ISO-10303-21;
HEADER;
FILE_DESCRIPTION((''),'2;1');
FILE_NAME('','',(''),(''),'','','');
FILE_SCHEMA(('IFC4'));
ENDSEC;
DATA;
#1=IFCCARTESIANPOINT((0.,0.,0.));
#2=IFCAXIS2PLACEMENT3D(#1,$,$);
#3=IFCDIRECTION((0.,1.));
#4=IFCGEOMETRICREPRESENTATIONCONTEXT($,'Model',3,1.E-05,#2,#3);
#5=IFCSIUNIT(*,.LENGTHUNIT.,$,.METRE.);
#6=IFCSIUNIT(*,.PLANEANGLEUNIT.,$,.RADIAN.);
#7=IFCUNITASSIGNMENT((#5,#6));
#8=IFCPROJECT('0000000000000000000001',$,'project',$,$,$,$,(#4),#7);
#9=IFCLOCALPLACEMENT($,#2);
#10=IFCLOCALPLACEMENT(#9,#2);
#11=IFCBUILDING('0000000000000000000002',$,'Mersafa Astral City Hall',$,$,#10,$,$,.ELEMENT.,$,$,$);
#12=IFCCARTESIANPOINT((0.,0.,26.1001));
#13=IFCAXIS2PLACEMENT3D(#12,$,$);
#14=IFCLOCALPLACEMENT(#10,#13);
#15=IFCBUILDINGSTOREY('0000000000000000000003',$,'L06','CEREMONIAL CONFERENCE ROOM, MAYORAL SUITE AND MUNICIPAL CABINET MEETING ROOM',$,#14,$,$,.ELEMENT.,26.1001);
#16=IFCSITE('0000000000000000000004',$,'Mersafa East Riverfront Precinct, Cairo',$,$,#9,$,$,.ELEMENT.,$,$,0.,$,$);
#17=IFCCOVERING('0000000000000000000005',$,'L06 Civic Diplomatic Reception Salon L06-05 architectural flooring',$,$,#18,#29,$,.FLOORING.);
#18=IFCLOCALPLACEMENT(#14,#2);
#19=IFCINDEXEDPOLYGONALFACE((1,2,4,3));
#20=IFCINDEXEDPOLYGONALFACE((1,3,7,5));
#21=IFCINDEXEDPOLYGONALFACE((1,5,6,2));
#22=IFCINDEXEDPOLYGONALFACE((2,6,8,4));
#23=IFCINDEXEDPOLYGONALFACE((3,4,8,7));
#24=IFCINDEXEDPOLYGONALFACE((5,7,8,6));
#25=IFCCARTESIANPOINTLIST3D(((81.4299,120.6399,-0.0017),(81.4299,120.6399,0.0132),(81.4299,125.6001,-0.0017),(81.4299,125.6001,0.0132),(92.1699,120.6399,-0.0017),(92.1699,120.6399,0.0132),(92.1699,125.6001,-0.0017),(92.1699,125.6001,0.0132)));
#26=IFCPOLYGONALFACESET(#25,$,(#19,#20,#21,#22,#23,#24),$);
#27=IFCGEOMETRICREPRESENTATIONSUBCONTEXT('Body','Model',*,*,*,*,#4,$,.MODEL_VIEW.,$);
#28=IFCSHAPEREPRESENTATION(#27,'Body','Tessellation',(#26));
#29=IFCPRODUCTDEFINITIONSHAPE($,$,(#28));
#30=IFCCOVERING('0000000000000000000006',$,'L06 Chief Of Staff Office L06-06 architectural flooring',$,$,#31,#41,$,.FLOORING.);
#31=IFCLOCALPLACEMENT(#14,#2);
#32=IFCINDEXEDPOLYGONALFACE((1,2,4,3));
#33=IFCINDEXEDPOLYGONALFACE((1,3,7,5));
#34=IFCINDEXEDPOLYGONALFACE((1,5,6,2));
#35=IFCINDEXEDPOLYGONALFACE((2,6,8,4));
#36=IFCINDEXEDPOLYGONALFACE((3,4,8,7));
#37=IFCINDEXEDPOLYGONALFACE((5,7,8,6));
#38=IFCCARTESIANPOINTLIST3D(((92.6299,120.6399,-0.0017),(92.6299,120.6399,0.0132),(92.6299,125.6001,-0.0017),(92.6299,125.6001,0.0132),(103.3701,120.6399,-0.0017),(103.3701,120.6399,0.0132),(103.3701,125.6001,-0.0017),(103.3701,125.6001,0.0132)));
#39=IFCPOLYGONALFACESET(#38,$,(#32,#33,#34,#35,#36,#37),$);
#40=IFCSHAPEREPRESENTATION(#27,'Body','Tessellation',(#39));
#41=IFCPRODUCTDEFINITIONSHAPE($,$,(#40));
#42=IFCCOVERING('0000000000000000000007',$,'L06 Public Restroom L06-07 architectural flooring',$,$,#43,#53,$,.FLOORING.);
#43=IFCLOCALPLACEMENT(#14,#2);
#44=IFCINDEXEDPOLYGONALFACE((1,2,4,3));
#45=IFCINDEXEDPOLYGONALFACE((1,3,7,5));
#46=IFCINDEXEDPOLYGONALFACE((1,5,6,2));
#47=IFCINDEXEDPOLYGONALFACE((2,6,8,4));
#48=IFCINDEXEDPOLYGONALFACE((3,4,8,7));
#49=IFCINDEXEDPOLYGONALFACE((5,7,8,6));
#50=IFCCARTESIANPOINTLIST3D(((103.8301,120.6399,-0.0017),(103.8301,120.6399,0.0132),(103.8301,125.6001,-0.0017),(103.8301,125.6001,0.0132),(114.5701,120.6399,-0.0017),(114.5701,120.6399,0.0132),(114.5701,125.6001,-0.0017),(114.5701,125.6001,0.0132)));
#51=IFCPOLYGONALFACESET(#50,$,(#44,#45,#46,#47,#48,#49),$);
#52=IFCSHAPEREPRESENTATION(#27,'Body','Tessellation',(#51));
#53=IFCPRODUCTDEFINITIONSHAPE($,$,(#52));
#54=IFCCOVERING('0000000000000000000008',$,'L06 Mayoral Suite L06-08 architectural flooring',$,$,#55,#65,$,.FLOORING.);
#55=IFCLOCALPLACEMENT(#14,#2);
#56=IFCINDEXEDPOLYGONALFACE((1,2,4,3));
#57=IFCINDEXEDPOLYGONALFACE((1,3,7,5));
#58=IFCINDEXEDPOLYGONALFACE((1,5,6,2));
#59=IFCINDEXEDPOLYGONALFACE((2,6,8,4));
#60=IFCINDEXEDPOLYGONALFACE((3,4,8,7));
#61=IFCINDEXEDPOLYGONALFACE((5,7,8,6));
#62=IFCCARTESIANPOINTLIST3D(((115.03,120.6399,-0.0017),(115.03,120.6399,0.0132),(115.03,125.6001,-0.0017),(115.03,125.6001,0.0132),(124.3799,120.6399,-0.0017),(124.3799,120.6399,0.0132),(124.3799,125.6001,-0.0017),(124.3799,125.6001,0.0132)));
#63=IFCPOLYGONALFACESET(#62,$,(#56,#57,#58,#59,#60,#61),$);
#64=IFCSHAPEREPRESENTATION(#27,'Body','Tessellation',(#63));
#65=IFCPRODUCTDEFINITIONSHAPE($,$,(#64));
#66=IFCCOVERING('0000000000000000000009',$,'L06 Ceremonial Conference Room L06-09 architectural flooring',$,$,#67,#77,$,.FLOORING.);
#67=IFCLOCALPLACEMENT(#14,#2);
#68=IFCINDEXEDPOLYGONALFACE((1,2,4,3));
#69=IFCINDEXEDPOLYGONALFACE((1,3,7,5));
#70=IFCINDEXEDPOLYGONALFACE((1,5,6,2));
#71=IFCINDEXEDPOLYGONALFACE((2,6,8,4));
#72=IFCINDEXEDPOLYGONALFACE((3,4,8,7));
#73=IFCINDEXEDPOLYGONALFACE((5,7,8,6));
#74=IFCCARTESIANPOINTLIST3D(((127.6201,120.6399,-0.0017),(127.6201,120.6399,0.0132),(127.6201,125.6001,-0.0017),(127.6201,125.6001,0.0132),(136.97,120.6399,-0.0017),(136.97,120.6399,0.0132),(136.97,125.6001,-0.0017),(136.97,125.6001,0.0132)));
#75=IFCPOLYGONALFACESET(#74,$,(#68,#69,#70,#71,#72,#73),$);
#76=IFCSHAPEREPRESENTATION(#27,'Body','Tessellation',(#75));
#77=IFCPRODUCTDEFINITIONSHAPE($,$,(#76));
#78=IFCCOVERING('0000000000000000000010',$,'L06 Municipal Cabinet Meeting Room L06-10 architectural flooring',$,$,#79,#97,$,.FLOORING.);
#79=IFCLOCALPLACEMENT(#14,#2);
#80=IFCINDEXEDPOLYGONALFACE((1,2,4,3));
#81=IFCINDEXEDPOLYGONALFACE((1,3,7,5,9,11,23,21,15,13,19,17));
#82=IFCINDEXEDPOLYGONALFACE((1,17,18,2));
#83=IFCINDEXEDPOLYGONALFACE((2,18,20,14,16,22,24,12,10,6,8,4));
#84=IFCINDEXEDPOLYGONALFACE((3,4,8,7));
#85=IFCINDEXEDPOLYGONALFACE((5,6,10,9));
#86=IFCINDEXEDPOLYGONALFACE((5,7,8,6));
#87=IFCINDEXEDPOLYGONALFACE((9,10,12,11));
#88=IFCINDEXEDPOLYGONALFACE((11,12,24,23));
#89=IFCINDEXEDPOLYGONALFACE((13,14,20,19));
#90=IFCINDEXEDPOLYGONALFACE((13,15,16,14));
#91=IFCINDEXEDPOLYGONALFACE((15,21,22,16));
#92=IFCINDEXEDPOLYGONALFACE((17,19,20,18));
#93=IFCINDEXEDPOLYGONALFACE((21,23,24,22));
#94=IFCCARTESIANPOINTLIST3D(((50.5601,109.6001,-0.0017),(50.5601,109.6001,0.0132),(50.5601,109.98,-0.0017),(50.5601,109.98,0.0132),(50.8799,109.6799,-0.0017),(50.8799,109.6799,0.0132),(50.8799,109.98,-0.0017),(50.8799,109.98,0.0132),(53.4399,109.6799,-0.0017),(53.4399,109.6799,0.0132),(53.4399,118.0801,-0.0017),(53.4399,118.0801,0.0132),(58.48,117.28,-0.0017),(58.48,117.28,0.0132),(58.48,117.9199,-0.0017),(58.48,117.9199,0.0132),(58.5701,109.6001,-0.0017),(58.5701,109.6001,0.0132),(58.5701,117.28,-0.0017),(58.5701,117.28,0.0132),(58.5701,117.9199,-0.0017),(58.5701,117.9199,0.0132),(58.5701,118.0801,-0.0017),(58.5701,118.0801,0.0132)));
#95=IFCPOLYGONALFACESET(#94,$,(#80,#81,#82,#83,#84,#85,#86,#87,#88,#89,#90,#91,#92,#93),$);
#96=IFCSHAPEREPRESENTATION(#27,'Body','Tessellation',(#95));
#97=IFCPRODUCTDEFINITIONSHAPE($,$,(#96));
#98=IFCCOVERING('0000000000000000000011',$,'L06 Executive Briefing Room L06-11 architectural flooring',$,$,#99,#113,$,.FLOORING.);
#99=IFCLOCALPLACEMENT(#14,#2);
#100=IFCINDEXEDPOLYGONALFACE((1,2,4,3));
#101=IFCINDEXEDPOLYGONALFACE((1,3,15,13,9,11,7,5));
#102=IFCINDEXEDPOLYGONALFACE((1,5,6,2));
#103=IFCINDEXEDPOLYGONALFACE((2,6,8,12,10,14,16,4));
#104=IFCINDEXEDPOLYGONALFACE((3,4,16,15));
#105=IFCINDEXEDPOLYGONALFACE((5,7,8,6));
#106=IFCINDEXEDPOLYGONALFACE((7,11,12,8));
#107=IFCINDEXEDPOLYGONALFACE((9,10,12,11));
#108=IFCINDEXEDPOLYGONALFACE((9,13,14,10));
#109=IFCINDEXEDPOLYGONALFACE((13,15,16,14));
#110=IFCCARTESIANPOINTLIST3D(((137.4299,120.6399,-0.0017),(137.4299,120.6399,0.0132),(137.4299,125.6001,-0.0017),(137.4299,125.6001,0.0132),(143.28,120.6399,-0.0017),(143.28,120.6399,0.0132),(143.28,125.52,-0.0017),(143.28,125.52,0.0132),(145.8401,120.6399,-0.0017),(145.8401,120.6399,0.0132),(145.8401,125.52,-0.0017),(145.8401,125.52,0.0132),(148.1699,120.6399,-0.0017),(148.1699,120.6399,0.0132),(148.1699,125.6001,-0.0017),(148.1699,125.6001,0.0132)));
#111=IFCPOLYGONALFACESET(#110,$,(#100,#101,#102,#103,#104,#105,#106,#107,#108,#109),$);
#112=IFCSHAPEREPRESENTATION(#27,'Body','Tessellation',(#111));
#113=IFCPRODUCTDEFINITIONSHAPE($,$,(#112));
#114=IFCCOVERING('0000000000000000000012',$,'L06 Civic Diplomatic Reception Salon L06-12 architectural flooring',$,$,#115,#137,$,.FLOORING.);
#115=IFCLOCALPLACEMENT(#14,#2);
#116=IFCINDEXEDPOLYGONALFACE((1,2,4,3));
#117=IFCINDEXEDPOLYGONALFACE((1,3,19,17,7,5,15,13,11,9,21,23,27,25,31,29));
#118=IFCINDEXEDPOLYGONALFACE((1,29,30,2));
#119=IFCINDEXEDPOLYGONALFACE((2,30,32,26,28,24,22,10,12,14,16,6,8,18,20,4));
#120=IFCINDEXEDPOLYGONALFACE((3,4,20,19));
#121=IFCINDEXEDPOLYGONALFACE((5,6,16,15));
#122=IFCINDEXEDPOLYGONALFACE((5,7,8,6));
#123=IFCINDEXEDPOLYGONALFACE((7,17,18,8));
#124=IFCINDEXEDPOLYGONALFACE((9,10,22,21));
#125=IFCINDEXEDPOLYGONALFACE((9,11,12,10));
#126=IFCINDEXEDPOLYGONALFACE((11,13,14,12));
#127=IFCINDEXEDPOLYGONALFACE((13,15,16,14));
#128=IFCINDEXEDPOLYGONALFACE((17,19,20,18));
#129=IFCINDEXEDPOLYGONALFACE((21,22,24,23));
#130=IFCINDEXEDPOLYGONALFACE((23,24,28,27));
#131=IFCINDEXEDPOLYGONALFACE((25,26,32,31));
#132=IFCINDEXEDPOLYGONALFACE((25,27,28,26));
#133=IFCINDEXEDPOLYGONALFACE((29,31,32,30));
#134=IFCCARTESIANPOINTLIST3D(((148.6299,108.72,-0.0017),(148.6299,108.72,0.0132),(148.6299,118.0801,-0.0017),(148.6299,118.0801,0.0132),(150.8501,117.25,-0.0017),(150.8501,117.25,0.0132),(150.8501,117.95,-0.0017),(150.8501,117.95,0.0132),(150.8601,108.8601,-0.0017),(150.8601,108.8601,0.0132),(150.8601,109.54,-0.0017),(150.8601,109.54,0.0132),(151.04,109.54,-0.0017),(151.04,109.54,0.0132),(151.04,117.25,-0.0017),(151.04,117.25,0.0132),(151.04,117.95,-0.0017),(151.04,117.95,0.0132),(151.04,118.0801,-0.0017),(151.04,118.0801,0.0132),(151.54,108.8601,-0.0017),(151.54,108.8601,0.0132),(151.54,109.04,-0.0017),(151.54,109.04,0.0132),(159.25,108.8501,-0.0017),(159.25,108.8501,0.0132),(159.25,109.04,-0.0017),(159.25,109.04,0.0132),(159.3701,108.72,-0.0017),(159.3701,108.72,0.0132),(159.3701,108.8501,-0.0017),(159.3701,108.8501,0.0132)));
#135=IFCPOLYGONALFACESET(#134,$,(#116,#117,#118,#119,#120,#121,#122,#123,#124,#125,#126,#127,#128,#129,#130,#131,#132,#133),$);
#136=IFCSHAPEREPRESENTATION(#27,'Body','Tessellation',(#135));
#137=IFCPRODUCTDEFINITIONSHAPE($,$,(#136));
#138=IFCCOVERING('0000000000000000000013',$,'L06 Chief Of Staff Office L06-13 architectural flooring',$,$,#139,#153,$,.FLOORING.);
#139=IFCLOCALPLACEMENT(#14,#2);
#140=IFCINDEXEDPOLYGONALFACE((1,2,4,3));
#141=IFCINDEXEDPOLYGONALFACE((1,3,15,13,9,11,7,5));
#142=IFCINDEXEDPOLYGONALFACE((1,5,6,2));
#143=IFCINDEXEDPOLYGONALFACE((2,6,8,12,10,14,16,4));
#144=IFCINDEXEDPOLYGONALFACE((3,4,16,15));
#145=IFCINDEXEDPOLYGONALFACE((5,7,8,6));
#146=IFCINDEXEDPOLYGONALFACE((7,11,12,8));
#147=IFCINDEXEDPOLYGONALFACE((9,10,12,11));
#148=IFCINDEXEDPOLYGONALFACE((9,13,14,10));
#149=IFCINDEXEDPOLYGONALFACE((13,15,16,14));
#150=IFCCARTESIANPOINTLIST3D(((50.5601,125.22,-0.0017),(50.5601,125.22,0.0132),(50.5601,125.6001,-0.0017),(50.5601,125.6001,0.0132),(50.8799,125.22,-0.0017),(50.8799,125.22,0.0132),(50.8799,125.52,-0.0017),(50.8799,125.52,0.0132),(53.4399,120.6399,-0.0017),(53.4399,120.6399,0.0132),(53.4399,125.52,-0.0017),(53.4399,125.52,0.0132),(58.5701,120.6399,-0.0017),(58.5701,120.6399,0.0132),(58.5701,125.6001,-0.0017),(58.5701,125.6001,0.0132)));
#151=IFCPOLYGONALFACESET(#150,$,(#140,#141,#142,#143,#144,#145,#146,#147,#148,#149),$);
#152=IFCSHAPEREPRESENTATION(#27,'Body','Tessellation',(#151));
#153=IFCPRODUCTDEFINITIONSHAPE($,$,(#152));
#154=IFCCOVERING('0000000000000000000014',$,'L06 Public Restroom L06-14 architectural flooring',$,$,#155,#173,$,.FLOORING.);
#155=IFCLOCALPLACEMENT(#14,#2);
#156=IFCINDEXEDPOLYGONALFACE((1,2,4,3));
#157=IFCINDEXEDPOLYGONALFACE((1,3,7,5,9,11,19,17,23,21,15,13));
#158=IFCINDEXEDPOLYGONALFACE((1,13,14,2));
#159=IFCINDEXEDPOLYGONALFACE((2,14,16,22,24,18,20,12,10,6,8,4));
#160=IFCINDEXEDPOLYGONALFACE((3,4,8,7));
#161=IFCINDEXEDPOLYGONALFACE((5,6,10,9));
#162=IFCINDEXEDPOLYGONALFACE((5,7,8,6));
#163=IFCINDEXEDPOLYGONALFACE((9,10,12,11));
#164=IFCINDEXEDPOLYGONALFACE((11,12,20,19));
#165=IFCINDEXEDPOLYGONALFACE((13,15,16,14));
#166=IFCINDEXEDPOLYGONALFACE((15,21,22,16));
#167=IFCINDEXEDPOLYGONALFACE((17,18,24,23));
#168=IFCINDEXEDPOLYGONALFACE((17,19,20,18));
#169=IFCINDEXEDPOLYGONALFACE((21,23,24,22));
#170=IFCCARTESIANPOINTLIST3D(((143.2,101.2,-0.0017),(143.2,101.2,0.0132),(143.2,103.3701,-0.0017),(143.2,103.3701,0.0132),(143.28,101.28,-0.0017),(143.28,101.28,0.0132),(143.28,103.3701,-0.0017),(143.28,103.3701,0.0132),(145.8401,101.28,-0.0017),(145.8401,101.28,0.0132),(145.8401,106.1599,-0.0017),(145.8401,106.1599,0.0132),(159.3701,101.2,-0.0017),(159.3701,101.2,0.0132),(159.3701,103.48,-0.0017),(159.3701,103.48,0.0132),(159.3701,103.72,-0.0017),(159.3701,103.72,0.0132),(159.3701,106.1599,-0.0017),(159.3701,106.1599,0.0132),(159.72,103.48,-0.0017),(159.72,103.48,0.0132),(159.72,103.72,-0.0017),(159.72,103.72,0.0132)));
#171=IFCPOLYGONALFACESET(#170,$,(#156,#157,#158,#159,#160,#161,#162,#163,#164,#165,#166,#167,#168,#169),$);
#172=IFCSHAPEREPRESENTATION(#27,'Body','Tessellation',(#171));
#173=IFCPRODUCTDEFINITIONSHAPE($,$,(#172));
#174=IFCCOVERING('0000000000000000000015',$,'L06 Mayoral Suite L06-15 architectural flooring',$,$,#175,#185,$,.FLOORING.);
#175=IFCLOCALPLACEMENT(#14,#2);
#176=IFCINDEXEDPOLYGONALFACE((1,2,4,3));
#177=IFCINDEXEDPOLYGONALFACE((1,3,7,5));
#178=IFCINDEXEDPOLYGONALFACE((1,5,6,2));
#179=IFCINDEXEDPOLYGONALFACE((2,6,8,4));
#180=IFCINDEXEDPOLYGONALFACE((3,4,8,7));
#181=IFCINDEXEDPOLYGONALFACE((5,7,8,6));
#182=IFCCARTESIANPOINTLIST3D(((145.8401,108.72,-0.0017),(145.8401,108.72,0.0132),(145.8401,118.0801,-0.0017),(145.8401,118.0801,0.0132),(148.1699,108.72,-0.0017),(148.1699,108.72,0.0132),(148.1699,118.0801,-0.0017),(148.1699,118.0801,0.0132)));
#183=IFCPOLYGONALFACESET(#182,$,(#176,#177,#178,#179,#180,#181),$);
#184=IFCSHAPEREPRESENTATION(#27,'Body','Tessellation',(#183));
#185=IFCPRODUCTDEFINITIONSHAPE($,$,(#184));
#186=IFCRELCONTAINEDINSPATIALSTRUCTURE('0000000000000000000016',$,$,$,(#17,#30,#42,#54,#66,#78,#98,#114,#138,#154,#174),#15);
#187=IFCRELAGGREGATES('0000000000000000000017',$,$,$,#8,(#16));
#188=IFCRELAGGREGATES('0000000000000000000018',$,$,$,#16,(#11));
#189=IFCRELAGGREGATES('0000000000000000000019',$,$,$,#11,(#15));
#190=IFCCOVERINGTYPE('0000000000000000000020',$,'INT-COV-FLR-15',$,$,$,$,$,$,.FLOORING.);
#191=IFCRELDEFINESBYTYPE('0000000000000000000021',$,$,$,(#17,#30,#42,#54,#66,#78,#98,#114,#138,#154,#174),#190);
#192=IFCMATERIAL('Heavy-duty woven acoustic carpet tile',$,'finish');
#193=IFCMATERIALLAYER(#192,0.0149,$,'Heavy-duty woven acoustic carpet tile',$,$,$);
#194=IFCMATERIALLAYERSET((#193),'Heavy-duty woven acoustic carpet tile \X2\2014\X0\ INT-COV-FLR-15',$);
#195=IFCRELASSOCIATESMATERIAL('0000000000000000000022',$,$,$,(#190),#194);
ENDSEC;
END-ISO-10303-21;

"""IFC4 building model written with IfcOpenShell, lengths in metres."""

from ifc_helpers import new_model, si_unit, direction, frame, origin, place, context, subcontext, project, spatial, polyline, outline, extrude, material, layer, layer_set, type_object, element, save


model = new_model("IFC4")

# Units and contexts
model_context = context("Model", 3, precision=1e-05, world=origin(), true_north=direction((0.0, 1.0)))
body_context = subcontext(model_context, "Body", "Model", "MODEL_VIEW")
ifc_project = project(units=[si_unit("LENGTHUNIT", "METRE"), si_unit("PLANEANGLEUNIT", "RADIAN")], contexts=[model_context])

# Site, building, storey
site_placement = place(None, origin())
site = spatial("IfcSite", under=ifc_project, at=site_placement, Name="Mersafa East Riverfront Precinct, Cairo", CompositionType="ELEMENT", RefElevation=0.0)
building_placement = place(site_placement, origin())
building = spatial("IfcBuilding", under=site, at=building_placement, Name="Mersafa Astral City Hall", CompositionType="ELEMENT")
storey_placement = place(building_placement, frame((0.0, 0.0, 26.1001)))
storey = spatial("IfcBuildingStorey", under=building, at=storey_placement, Name="L06", Description="CEREMONIAL CONFERENCE ROOM, MAYORAL SUITE AND MUNICIPAL CABINET MEETING ROOM", CompositionType="ELEMENT", Elevation=26.1001)

# Coverings
ifc_material_1 = material(Name="Heavy-duty woven acoustic carpet tile", Category="finish")
ifc_layer_1 = layer(ifc_material_1, 0.0149, Name="Heavy-duty woven acoustic carpet tile")
ifc_layer_set_1 = layer_set([ifc_layer_1], Name="Heavy-duty woven acoustic carpet tile — INT-COV-FLR-15")
covering_type_1 = type_object("IfcCoveringType", Name="INT-COV-FLR-15", PredefinedType="FLOORING", material=ifc_layer_set_1)
covering_1_placement = place(storey_placement, frame((0.0, 0.0, -0.0017)))
element("IfcCovering", 1, at=covering_1_placement, inside=storey, type_object=covering_type_1, Name="L06 Civic Diplomatic Reception Salon L06-05 architectural flooring", PredefinedType="FLOORING", context=body_context, shape_type="SweptSolid", body=[
    extrude(outline(polyline([(81.4299, 120.6399), (81.4299, 125.6001), (92.1699, 125.6001), (92.1699, 120.6399), (81.4299, 120.6399)])), origin(), (0.0, 0.0, 1.0), 0.0149),
])
covering_2_placement = place(storey_placement, frame((0.0, 0.0, -0.0017)))
element("IfcCovering", 2, at=covering_2_placement, inside=storey, type_object=covering_type_1, Name="L06 Chief Of Staff Office L06-06 architectural flooring", PredefinedType="FLOORING", context=body_context, shape_type="SweptSolid", body=[
    extrude(outline(polyline([(92.6299, 120.6399), (92.6299, 125.6001), (103.3701, 125.6001), (103.3701, 120.6399), (92.6299, 120.6399)])), origin(), (0.0, 0.0, 1.0), 0.0149),
])
covering_3_placement = place(storey_placement, frame((0.0, 0.0, -0.0017)))
element("IfcCovering", 3, at=covering_3_placement, inside=storey, type_object=covering_type_1, Name="L06 Public Restroom L06-07 architectural flooring", PredefinedType="FLOORING", context=body_context, shape_type="SweptSolid", body=[
    extrude(outline(polyline([(103.8301, 120.6399), (103.8301, 125.6001), (114.5701, 125.6001), (114.5701, 120.6399), (103.8301, 120.6399)])), origin(), (0.0, 0.0, 1.0), 0.0149),
])
covering_4_placement = place(storey_placement, frame((0.0, 0.0, -0.0017)))
element("IfcCovering", 4, at=covering_4_placement, inside=storey, type_object=covering_type_1, Name="L06 Mayoral Suite L06-08 architectural flooring", PredefinedType="FLOORING", context=body_context, shape_type="SweptSolid", body=[
    extrude(outline(polyline([(115.03, 120.6399), (115.03, 125.6001), (124.3799, 125.6001), (124.3799, 120.6399), (115.03, 120.6399)])), origin(), (0.0, 0.0, 1.0), 0.0149),
])
covering_5_placement = place(storey_placement, frame((0.0, 0.0, -0.0017)))
element("IfcCovering", 5, at=covering_5_placement, inside=storey, type_object=covering_type_1, Name="L06 Ceremonial Conference Room L06-09 architectural flooring", PredefinedType="FLOORING", context=body_context, shape_type="SweptSolid", body=[
    extrude(outline(polyline([(136.97, 125.6001), (136.97, 120.6399), (127.6201, 120.6399), (127.6201, 125.6001), (136.97, 125.6001)])), origin(), (0.0, 0.0, 1.0), 0.0149),
])
covering_6_placement = place(storey_placement, frame((0.0, 0.0, -0.0017)))
element("IfcCovering", 6, at=covering_6_placement, inside=storey, type_object=covering_type_1, Name="L06 Municipal Cabinet Meeting Room L06-10 architectural flooring", PredefinedType="FLOORING", context=body_context, shape_type="SweptSolid", body=[
    extrude(outline(polyline([(50.8799, 109.6799), (53.4399, 109.6799), (53.4399, 118.0801), (58.5701, 118.0801), (58.5701, 117.9199), (58.48, 117.9199), (58.48, 117.28), (58.5701, 117.28), (58.5701, 109.6001), (50.5601, 109.6001), (50.5601, 109.98), (50.8799, 109.98), (50.8799, 109.6799)])), origin(), (0.0, 0.0, 1.0), 0.0149),
])
covering_7_placement = place(storey_placement, frame((0.0, 0.0, -0.0017)))
element("IfcCovering", 7, at=covering_7_placement, inside=storey, type_object=covering_type_1, Name="L06 Executive Briefing Room L06-11 architectural flooring", PredefinedType="FLOORING", context=body_context, shape_type="SweptSolid", body=[
    extrude(outline(polyline([(143.28, 125.52), (143.28, 120.6399), (137.4299, 120.6399), (137.4299, 125.6001), (148.1699, 125.6001), (148.1699, 120.6399), (145.8401, 120.6399), (145.8401, 125.52), (143.28, 125.52)])), origin(), (0.0, 0.0, 1.0), 0.0149),
])
covering_8_placement = place(storey_placement, frame((0.0, 0.0, -0.0017)))
element("IfcCovering", 8, at=covering_8_placement, inside=storey, type_object=covering_type_1, Name="L06 Civic Diplomatic Reception Salon L06-12 architectural flooring", PredefinedType="FLOORING", context=body_context, shape_type="SweptSolid", body=[
    extrude(outline(polyline([(148.6299, 108.72), (148.6299, 118.0801), (151.04, 118.0801), (151.04, 117.95), (150.8501, 117.95), (150.8501, 117.25), (151.04, 117.25), (151.04, 109.54), (150.8601, 109.54), (150.8601, 108.8601), (151.54, 108.8601), (151.54, 109.04), (159.25, 109.04), (159.25, 108.8501), (159.3701, 108.8501), (159.3701, 108.72), (148.6299, 108.72)])), origin(), (0.0, 0.0, 1.0), 0.0149),
])
covering_9_placement = place(storey_placement, frame((0.0, 0.0, -0.0017)))
element("IfcCovering", 9, at=covering_9_placement, inside=storey, type_object=covering_type_1, Name="L06 Chief Of Staff Office L06-13 architectural flooring", PredefinedType="FLOORING", context=body_context, shape_type="SweptSolid", body=[
    extrude(outline(polyline([(53.4399, 120.6399), (53.4399, 125.52), (50.8799, 125.52), (50.8799, 125.22), (50.5601, 125.22), (50.5601, 125.6001), (58.5701, 125.6001), (58.5701, 120.6399), (53.4399, 120.6399)])), origin(), (0.0, 0.0, 1.0), 0.0149),
])
covering_10_placement = place(storey_placement, frame((0.0, 0.0, -0.0017)))
element("IfcCovering", 10, at=covering_10_placement, inside=storey, type_object=covering_type_1, Name="L06 Public Restroom L06-14 architectural flooring", PredefinedType="FLOORING", context=body_context, shape_type="SweptSolid", body=[
    extrude(outline(polyline([(159.3701, 106.1599), (159.3701, 103.72), (159.72, 103.72), (159.72, 103.48), (159.3701, 103.48), (159.3701, 101.2), (143.2, 101.2), (143.2, 103.3701), (143.28, 103.3701), (143.28, 101.28), (145.8401, 101.28), (145.8401, 106.1599), (159.3701, 106.1599)])), origin(), (0.0, 0.0, 1.0), 0.0149),
])
covering_11_placement = place(storey_placement, frame((0.0, 0.0, -0.0017)))
element("IfcCovering", 11, at=covering_11_placement, inside=storey, type_object=covering_type_1, Name="L06 Mayoral Suite L06-15 architectural flooring", PredefinedType="FLOORING", context=body_context, shape_type="SweptSolid", body=[
    extrude(outline(polyline([(148.1699, 118.0801), (148.1699, 108.72), (145.8401, 108.72), (145.8401, 118.0801), (148.1699, 118.0801)])), origin(), (0.0, 0.0, 1.0), 0.0149),
])

save(model, "model.ifc")
